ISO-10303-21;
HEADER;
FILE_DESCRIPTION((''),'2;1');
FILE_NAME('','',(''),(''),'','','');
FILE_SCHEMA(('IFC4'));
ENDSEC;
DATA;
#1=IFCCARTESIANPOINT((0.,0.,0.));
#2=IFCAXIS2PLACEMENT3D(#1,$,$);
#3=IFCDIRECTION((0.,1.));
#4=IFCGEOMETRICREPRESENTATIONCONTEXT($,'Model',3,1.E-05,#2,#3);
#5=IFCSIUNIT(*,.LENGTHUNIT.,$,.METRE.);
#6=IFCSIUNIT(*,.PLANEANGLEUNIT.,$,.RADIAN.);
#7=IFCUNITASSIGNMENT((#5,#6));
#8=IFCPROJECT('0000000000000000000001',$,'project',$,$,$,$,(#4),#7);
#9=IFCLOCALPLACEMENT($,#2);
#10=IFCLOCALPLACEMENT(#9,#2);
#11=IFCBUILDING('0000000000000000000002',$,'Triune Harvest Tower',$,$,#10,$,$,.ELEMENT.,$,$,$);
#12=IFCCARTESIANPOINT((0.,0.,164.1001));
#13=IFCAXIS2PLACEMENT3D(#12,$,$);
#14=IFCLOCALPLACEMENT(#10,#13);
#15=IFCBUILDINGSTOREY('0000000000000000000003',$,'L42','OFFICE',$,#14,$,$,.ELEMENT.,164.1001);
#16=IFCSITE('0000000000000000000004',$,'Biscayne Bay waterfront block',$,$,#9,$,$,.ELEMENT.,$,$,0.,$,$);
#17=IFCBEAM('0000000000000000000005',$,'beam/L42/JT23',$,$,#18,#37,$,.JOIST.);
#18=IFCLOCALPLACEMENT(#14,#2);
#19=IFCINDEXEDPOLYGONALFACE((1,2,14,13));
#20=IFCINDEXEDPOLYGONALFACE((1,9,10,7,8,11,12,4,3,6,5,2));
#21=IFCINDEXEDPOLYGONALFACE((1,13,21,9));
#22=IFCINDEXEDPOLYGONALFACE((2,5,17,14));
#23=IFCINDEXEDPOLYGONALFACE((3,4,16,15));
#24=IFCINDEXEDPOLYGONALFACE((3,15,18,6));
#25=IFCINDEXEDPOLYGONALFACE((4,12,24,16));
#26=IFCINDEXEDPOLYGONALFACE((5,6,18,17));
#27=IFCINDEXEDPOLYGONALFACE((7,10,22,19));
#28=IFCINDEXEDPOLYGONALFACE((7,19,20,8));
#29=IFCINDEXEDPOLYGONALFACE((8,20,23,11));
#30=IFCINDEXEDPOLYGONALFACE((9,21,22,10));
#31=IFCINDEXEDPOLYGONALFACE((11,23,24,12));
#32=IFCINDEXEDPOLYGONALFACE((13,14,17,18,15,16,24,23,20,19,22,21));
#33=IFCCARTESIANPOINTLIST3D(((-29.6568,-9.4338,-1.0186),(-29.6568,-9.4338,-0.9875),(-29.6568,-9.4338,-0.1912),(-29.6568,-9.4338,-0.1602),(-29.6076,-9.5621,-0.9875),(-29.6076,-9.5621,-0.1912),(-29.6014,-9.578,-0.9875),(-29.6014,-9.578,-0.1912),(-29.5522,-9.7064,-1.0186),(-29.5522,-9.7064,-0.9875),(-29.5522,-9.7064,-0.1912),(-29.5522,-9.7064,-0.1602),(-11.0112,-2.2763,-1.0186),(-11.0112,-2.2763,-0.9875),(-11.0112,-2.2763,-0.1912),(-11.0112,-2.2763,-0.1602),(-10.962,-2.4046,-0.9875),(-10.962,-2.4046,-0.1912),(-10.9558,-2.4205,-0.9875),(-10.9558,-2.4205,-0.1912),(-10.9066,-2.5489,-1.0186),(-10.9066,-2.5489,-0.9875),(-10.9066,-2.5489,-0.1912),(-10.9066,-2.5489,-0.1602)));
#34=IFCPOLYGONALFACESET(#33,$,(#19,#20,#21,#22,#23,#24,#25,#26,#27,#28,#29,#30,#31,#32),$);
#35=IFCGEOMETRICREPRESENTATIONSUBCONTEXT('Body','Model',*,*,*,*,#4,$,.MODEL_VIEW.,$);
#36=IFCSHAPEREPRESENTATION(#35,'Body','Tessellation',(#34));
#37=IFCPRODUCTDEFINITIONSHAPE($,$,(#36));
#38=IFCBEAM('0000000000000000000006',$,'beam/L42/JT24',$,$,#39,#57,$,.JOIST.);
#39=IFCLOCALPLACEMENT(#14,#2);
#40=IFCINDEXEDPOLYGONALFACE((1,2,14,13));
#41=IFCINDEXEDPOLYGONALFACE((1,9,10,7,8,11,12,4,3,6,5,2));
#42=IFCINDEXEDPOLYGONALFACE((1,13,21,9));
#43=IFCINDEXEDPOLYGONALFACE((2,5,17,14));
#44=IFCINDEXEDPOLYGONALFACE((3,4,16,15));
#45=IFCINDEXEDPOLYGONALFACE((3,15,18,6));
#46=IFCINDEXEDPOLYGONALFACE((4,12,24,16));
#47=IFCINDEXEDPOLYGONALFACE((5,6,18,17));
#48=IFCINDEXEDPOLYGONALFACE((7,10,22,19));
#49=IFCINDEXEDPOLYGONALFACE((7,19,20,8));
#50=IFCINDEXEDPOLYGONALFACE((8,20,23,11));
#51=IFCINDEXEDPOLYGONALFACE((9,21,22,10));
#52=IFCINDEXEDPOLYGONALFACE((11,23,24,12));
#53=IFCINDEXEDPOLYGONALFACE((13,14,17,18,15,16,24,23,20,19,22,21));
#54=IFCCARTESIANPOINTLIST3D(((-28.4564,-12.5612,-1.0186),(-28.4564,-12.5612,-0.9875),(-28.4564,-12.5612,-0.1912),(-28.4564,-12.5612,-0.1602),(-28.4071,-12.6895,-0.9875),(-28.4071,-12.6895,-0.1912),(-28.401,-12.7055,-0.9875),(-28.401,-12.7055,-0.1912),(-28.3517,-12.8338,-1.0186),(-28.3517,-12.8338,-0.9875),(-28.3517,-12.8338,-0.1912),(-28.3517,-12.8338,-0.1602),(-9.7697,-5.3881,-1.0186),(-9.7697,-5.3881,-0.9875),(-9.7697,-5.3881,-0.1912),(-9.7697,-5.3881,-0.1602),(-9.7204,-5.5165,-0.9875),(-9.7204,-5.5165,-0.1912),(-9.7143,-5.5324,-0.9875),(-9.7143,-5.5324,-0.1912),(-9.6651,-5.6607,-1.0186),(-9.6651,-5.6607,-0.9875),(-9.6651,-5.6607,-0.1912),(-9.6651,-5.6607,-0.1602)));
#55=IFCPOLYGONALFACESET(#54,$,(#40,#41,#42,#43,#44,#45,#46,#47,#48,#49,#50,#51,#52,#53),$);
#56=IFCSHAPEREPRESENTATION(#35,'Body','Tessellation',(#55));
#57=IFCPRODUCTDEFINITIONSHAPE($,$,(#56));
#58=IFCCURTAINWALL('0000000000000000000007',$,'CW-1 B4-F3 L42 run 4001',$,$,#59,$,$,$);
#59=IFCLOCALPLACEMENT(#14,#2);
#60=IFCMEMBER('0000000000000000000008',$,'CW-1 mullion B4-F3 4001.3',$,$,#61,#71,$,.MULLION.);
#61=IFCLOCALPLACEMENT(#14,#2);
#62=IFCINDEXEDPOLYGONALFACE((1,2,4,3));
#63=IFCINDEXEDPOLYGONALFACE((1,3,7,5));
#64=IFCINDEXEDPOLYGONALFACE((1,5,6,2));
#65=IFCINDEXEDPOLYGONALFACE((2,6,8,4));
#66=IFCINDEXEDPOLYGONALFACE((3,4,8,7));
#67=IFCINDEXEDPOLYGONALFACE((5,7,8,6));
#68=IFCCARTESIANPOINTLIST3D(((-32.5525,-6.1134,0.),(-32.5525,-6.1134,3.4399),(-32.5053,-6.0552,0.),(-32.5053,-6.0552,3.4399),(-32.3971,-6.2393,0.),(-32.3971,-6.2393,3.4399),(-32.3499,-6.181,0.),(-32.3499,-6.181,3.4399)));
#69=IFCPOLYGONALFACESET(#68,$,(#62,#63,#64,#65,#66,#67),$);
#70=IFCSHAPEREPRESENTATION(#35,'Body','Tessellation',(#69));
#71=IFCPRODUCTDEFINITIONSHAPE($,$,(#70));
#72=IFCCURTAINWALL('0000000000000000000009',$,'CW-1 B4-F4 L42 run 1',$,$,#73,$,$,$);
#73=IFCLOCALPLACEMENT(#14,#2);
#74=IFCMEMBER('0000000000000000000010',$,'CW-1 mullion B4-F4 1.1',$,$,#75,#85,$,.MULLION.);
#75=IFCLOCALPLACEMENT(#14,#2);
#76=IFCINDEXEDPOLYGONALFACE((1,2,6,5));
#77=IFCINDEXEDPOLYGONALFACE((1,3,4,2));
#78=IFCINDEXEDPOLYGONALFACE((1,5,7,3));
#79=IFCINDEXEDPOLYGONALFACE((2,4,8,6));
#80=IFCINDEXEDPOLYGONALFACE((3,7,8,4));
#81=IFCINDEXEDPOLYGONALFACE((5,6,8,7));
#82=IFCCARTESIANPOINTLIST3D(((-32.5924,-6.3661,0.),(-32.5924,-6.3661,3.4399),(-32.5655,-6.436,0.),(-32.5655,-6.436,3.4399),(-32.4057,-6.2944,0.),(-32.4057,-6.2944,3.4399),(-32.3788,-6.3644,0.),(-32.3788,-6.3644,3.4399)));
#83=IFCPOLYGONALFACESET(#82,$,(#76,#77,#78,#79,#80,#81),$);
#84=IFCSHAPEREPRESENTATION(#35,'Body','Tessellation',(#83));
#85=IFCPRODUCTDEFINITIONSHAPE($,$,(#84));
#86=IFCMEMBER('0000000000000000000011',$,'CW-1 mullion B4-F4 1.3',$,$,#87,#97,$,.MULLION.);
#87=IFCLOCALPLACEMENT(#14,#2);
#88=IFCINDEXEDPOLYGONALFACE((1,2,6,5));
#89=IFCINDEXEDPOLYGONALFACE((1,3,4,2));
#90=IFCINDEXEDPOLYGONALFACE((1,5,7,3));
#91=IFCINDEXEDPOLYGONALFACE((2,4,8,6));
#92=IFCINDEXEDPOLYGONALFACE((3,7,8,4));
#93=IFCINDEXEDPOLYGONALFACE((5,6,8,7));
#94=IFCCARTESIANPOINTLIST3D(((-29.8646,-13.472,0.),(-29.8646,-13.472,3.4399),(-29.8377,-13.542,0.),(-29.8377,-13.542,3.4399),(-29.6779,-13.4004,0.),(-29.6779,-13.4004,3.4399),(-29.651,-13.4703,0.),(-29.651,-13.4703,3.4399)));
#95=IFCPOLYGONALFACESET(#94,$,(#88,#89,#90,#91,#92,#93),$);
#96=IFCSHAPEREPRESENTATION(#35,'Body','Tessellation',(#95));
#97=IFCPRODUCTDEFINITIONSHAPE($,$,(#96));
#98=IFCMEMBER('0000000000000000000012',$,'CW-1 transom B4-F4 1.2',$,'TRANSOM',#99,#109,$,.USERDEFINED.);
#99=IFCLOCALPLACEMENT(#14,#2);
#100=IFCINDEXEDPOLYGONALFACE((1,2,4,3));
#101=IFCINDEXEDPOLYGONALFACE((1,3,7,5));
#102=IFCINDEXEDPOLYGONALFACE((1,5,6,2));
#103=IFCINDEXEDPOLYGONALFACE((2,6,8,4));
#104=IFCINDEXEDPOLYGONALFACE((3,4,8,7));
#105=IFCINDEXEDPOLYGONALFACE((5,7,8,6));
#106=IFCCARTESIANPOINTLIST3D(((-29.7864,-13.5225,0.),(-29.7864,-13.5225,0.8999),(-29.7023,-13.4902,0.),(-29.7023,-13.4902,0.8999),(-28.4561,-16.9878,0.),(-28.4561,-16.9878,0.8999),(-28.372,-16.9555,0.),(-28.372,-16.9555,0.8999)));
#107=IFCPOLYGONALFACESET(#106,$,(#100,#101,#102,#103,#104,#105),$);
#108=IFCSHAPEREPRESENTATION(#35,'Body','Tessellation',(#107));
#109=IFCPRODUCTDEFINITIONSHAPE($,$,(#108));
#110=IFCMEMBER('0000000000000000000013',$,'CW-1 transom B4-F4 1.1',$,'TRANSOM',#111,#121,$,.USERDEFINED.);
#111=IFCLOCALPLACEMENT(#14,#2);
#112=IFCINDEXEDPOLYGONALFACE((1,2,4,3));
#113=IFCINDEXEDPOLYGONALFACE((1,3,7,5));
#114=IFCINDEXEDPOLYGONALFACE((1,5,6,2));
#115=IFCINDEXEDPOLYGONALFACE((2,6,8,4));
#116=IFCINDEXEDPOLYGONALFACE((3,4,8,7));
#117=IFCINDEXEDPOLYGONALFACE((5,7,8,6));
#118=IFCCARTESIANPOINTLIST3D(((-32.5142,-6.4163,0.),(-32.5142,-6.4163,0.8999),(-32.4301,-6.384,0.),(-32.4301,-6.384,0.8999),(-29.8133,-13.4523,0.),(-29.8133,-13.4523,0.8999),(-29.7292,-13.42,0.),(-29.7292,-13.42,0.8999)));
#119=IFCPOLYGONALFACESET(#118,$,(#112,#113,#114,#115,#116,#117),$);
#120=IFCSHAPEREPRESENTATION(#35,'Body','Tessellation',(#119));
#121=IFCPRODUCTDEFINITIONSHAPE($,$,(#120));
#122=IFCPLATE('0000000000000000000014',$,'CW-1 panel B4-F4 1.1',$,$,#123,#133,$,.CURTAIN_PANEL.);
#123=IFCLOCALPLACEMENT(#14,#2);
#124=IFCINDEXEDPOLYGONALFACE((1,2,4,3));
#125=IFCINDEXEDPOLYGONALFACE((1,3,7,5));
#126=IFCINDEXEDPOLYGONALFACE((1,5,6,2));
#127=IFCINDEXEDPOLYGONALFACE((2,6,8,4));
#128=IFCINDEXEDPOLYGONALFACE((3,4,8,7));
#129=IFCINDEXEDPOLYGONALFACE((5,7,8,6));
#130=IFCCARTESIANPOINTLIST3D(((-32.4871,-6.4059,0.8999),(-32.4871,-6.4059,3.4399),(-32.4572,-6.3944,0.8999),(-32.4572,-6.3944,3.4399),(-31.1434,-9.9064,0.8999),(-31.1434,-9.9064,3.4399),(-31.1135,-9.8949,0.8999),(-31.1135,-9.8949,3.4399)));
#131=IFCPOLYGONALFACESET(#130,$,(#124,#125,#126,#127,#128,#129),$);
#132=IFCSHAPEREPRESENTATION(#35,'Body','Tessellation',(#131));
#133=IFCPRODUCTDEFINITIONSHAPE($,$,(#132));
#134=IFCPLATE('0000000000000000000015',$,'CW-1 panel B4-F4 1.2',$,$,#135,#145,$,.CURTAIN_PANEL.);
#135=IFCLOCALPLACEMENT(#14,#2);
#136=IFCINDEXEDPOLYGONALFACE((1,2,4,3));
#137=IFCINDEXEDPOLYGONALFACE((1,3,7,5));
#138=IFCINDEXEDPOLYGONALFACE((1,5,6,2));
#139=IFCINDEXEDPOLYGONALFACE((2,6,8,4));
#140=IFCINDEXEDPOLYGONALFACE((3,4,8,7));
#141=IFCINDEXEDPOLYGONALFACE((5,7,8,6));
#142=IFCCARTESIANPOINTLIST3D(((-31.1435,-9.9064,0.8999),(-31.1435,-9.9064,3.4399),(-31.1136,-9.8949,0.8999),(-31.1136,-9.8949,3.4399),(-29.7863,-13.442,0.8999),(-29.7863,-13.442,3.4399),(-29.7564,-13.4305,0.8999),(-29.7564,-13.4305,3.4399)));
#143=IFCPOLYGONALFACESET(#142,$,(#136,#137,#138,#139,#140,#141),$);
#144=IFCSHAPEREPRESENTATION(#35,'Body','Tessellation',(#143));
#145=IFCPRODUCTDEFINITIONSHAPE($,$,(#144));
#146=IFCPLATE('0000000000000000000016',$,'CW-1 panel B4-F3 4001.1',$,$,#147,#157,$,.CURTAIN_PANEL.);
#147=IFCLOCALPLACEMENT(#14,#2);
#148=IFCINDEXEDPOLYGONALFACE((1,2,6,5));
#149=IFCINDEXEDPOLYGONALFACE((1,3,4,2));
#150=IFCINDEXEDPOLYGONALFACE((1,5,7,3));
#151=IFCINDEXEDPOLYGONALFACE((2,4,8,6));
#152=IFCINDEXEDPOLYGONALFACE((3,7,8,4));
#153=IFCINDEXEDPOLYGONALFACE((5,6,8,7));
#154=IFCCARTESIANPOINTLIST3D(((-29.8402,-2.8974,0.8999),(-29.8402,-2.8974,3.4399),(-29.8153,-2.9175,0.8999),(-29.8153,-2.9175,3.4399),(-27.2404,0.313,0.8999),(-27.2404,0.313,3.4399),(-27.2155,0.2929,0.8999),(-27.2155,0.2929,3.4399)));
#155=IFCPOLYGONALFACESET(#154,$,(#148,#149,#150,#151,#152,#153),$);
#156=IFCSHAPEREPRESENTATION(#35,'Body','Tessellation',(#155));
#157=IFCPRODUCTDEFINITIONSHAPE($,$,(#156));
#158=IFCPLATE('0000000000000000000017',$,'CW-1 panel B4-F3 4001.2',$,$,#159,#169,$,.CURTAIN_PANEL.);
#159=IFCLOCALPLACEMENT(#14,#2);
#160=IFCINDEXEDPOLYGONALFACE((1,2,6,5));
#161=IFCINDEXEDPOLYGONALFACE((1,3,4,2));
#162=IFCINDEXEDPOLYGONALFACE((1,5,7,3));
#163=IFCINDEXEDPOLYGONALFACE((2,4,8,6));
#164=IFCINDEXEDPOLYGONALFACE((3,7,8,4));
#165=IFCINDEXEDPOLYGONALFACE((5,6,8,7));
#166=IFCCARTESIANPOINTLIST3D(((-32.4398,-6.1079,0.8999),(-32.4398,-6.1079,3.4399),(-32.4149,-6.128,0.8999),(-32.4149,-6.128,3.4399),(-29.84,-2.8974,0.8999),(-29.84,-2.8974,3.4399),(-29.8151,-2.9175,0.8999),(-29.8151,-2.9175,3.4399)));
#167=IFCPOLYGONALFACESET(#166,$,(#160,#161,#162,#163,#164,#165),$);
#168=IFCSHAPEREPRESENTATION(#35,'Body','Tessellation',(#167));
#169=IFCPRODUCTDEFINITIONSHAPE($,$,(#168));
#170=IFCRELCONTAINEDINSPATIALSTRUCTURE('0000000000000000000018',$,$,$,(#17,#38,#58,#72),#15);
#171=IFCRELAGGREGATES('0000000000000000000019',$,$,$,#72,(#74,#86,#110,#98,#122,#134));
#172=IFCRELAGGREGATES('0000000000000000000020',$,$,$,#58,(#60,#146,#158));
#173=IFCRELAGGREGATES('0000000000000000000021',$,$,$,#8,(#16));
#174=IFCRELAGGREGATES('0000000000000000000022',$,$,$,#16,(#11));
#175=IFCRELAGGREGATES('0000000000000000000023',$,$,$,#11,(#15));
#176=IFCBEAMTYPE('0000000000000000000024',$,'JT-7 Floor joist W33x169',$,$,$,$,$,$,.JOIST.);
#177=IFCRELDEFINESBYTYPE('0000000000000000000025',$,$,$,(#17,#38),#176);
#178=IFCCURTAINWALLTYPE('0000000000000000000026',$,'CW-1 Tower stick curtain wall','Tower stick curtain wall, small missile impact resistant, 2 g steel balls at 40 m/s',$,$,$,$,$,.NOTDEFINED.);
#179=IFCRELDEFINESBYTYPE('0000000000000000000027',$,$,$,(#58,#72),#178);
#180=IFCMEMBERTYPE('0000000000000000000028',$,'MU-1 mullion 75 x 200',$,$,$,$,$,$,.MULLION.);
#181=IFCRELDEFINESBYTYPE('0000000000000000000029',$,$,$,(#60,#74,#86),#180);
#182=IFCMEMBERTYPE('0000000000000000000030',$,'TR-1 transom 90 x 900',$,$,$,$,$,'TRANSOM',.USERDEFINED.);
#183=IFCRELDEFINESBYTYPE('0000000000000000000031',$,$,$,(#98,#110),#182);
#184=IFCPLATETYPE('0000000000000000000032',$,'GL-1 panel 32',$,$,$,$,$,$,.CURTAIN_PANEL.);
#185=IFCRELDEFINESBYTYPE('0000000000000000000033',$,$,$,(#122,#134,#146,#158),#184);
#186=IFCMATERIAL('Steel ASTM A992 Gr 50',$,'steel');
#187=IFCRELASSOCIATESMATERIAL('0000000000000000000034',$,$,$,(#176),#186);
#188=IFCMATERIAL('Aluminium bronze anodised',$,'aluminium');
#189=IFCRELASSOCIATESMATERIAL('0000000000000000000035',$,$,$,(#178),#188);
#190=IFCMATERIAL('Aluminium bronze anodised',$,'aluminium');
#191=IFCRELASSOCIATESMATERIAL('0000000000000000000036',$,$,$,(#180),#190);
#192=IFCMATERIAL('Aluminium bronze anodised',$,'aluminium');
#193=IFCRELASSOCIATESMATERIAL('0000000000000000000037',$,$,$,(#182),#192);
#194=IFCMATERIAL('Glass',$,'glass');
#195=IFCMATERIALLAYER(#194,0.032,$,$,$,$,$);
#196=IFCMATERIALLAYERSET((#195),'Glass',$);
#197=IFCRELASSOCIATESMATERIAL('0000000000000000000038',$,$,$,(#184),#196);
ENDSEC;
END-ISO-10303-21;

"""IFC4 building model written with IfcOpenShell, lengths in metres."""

from ifc_helpers import new_model, si_unit, direction, frame, origin, origin_2d, place, context, subcontext, project, spatial, rectangle, i_section, extrude, source, transform, mapped, material, layer, layer_set, material_profile, profile_set, type_object, element, aggregate, save


model = new_model("IFC4")

# Units and contexts
model_context = context("Model", 3, precision=1e-05, world=origin(), true_north=direction((0.0, 1.0)))
body_context = subcontext(model_context, "Body", "Model", "MODEL_VIEW")
ifc_project = project(units=[si_unit("LENGTHUNIT", "METRE"), si_unit("PLANEANGLEUNIT", "RADIAN")], contexts=[model_context])

# Site, building, storey
site_placement = place(None, origin())
site = spatial("IfcSite", under=ifc_project, at=site_placement, Name="Biscayne Bay waterfront block", CompositionType="ELEMENT", RefElevation=0.0)
building_placement = place(site_placement, origin())
building = spatial("IfcBuilding", under=site, at=building_placement, Name="Triune Harvest Tower", CompositionType="ELEMENT")
storey_placement = place(building_placement, frame((0.0, 0.0, 164.1001)))
storey = spatial("IfcBuildingStorey", under=building, at=storey_placement, Name="L42", Description="OFFICE", CompositionType="ELEMENT", Elevation=164.1001)

# Beams
ifc_material_1 = material(Name="Steel ASTM A992 Gr 50", Category="steel")
ifc_material_profile_1 = material_profile(ifc_material_1, i_section(OverallWidth=0.292, OverallDepth=0.8584, WebThickness=0.0171, FlangeThickness=0.031, at=origin_2d()), Name="W33x169")
ifc_profile_set_1 = profile_set([ifc_material_profile_1], Name="Steel ASTM A992 Gr 50")
beam_type_1 = type_object("IfcBeamType", Name="JT-7 Floor joist W33x169", PredefinedType="JOIST", material=ifc_profile_set_1)
shared_shape_1 = source(origin(), body_context, "Body", "SweptSolid", [
    extrude(i_section(OverallWidth=0.292, OverallDepth=0.8584, WebThickness=0.0171, FlangeThickness=0.031, at=origin_2d()), origin(), (0.0, 0.0, 1.0), 19.9722),
])
beam_1_placement = place(storey_placement, frame((-29.6045, -9.5701, -0.5894), z_axis=(0.933578, 0.358374, 0.0), x_axis=(-0.358374, 0.933578, 0.0)))
element("IfcBeam", 1, at=beam_1_placement, inside=storey, type_object=beam_type_1, Name="beam/L42/JT23", PredefinedType="JOIST", context=body_context, shape_type="MappedRepresentation", body=[
    mapped(shared_shape_1, transform((0.0, 0.0, 0.0), scale=1.0)),
])
shared_shape_2 = source(origin(), body_context, "Body", "SweptSolid", [
    extrude(i_section(OverallWidth=0.292, OverallDepth=0.8584, WebThickness=0.0171, FlangeThickness=0.031, at=origin_2d()), origin(), (0.0, 0.0, 1.0), 20.0161),
])
beam_2_placement = place(storey_placement, frame((-28.4041, -12.6975, -0.5894), z_axis=(0.933582, 0.358364, 0.0), x_axis=(-0.358364, 0.933582, 0.0)))
element("IfcBeam", 2, at=beam_2_placement, inside=storey, type_object=beam_type_1, Name="beam/L42/JT24", PredefinedType="JOIST", context=body_context, shape_type="MappedRepresentation", body=[
    mapped(shared_shape_2, transform((0.0, 0.0, 0.0), scale=1.0)),
])

# Curtain wall, member
ifc_material_2 = material(Name="Aluminium bronze anodised", Category="aluminium")
curtain_wall_type = type_object("IfcCurtainWallType", Name="CW-1 Tower stick curtain wall", Description="Tower stick curtain wall, small missile impact resistant, 2 g steel balls at 40 m/s", PredefinedType="NOTDEFINED", material=ifc_material_2)
curtain_wall_1_placement = place(storey_placement, origin())
curtain_wall_1 = element("IfcCurtainWall", 3, at=curtain_wall_1_placement, inside=storey, type_object=curtain_wall_type, Name="CW-1 B4-F3 L42 run 4001")
ifc_material_3 = material(Name="Aluminium bronze anodised", Category="aluminium")
ifc_material_profile_2 = material_profile(ifc_material_3, rectangle(XDim=0.2, YDim=0.075, at=origin_2d()), Name="MU-1 mullion 75 x 200")
ifc_profile_set_2 = profile_set([ifc_material_profile_2], Name="Aluminium bronze anodised")
member_type_1 = type_object("IfcMemberType", Name="MU-1 mullion 75 x 200", PredefinedType="MULLION", material=ifc_profile_set_2)
shared_shape_3 = source(origin(), body_context, "Body", "SweptSolid", [
    extrude(rectangle(XDim=0.2, YDim=0.075, at=origin_2d()), origin(), (0.0, 0.0, 1.0), 3.4399),
])
member_1_placement = place(storey_placement, frame((-32.4512, -6.1472, 0.0), z_axis=(0.0, 0.0, 1.0), x_axis=(0.777143, -0.629324, 0.0)))
member_1 = element("IfcMember", 4, at=member_1_placement, type_object=member_type_1, Name="CW-1 mullion B4-F3 4001.3", PredefinedType="MULLION", context=body_context, shape_type="MappedRepresentation", body=[
    mapped(shared_shape_3, transform((0.0, 0.0, 0.0), scale=1.0)),
])

# Curtain wall, members, plates
curtain_wall_2_placement = place(storey_placement, origin())
curtain_wall_2 = element("IfcCurtainWall", 5, at=curtain_wall_2_placement, inside=storey, type_object=curtain_wall_type, Name="CW-1 B4-F4 L42 run 1")
member_2_placement = place(storey_placement, frame((-32.4856, -6.3652, 0.0), z_axis=(0.0, 0.0, 1.0), x_axis=(0.93358, 0.358369, 0.0)))
member_2 = element("IfcMember", 6, at=member_2_placement, type_object=member_type_1, Name="CW-1 mullion B4-F4 1.1", PredefinedType="MULLION", context=body_context, shape_type="MappedRepresentation", body=[
    mapped(shared_shape_3, transform((0.0, 0.0, 0.0), scale=1.0)),
])
member_3_placement = place(storey_placement, frame((-29.7578, -13.4712, 0.0), z_axis=(0.0, 0.0, 1.0), x_axis=(0.93358, 0.358369, 0.0)))
member_3 = element("IfcMember", 7, at=member_3_placement, type_object=member_type_1, Name="CW-1 mullion B4-F4 1.3", PredefinedType="MULLION", context=body_context, shape_type="MappedRepresentation", body=[
    mapped(shared_shape_3, transform((0.0, 0.0, 0.0), scale=1.0)),
])
ifc_material_4 = material(Name="Aluminium bronze anodised", Category="aluminium")
ifc_material_profile_3 = material_profile(ifc_material_4, rectangle(XDim=0.0901, YDim=0.8999, at=origin_2d()), Name="TR-1 transom 90 x 900")
ifc_profile_set_3 = profile_set([ifc_material_profile_3], Name="Aluminium bronze anodised")
member_type_2 = type_object("IfcMemberType", Name="TR-1 transom 90 x 900", ElementType="TRANSOM", PredefinedType="USERDEFINED", material=ifc_profile_set_3)
shared_shape_4 = source(origin(), body_context, "Body", "SweptSolid", [
    extrude(rectangle(XDim=0.0901, YDim=0.8999, at=origin_2d()), origin(), (0.0, 0.0, 1.0), 3.7119),
])
member_4_placement = place(storey_placement, frame((-29.7444, -13.5063, 0.45), z_axis=(0.358393, -0.933571, 0.0), x_axis=(0.933571, 0.358393, 0.0)))
member_4 = element("IfcMember", 8, at=member_4_placement, type_object=member_type_2, Name="CW-1 transom B4-F4 1.2", ObjectType="TRANSOM", PredefinedType="USERDEFINED", context=body_context, shape_type="MappedRepresentation", body=[
    mapped(shared_shape_4, transform((0.0, 0.0, 0.0), scale=1.0)),
])
shared_shape_5 = source(origin(), body_context, "Body", "SweptSolid", [
    extrude(rectangle(XDim=0.0901, YDim=0.8999, at=origin_2d()), origin(), (0.0, 0.0, 1.0), 7.5366),
])
member_5_placement = place(storey_placement, frame((-32.4722, -6.4001, 0.45), z_axis=(0.358369, -0.93358, 0.0), x_axis=(0.93358, 0.358369, 0.0)))
member_5 = element("IfcMember", 9, at=member_5_placement, type_object=member_type_2, Name="CW-1 transom B4-F4 1.1", ObjectType="TRANSOM", PredefinedType="USERDEFINED", context=body_context, shape_type="MappedRepresentation", body=[
    mapped(shared_shape_5, transform((0.0, 0.0, 0.0), scale=1.0)),
])
ifc_material_5 = material(Name="Glass", Category="glass")
ifc_layer_1 = layer(ifc_material_5, 0.032)
ifc_layer_set_1 = layer_set([ifc_layer_1], Name="Glass")
plate_type = type_object("IfcPlateType", Name="GL-1 panel 32", PredefinedType="CURTAIN_PANEL", material=ifc_layer_set_1)
shared_shape_6 = source(origin(), body_context, "Body", "SweptSolid", [
    extrude(rectangle(XDim=3.7495, YDim=0.032, at=origin_2d()), origin(), (0.0, 0.0, 1.0), 2.54),
])
plate_1_placement = place(storey_placement, frame((-31.8003, -8.1504, 0.8999), z_axis=(0.0, 0.0, 1.0), x_axis=(0.358369, -0.93358, 0.0)))
plate_1 = element("IfcPlate", 10, at=plate_1_placement, type_object=plate_type, Name="CW-1 panel B4-F4 1.1", PredefinedType="CURTAIN_PANEL", context=body_context, shape_type="MappedRepresentation", body=[
    mapped(shared_shape_6, transform((0.0, 0.0, 0.0), scale=1.0)),
])
shared_shape_7 = source(origin(), body_context, "Body", "SweptSolid", [
    extrude(rectangle(XDim=3.7871, YDim=0.032, at=origin_2d()), origin(), (0.0, 0.0, 1.0), 2.54),
])
plate_2_placement = place(storey_placement, frame((-30.45, -11.6685, 0.8999), z_axis=(0.0, 0.0, 1.0), x_axis=(0.358369, -0.93358, 0.0)))
plate_2 = element("IfcPlate", 11, at=plate_2_placement, type_object=plate_type, Name="CW-1 panel B4-F4 1.2", PredefinedType="CURTAIN_PANEL", context=body_context, shape_type="MappedRepresentation", body=[
    mapped(shared_shape_7, transform((0.0, 0.0, 0.0), scale=1.0)),
])
aggregate(curtain_wall_2, [member_2, member_3, member_5, member_4, plate_1, plate_2])

# Plates
shared_shape_8 = source(origin(), body_context, "Body", "SweptSolid", [
    extrude(rectangle(XDim=4.1311, YDim=0.032, at=origin_2d()), origin(), (0.0, 0.0, 1.0), 2.54),
])
plate_3_placement = place(storey_placement, frame((-28.5278, -1.3022, 0.8999), z_axis=(0.0, 0.0, 1.0), x_axis=(-0.629324, -0.777143, 0.0)))
plate_3 = element("IfcPlate", 12, at=plate_3_placement, type_object=plate_type, Name="CW-1 panel B4-F3 4001.1", PredefinedType="CURTAIN_PANEL", context=body_context, shape_type="MappedRepresentation", body=[
    mapped(shared_shape_8, transform((0.0, 0.0, 0.0), scale=1.0)),
])
plate_4_placement = place(storey_placement, frame((-31.1274, -4.5127, 0.8999), z_axis=(0.0, 0.0, 1.0), x_axis=(-0.629324, -0.777143, 0.0)))
plate_4 = element("IfcPlate", 13, at=plate_4_placement, type_object=plate_type, Name="CW-1 panel B4-F3 4001.2", PredefinedType="CURTAIN_PANEL", context=body_context, shape_type="MappedRepresentation", body=[
    mapped(shared_shape_8, transform((0.0, 0.0, 0.0), scale=1.0)),
])
aggregate(curtain_wall_1, [member_1, plate_3, plate_4])

save(model, "model.ifc")
